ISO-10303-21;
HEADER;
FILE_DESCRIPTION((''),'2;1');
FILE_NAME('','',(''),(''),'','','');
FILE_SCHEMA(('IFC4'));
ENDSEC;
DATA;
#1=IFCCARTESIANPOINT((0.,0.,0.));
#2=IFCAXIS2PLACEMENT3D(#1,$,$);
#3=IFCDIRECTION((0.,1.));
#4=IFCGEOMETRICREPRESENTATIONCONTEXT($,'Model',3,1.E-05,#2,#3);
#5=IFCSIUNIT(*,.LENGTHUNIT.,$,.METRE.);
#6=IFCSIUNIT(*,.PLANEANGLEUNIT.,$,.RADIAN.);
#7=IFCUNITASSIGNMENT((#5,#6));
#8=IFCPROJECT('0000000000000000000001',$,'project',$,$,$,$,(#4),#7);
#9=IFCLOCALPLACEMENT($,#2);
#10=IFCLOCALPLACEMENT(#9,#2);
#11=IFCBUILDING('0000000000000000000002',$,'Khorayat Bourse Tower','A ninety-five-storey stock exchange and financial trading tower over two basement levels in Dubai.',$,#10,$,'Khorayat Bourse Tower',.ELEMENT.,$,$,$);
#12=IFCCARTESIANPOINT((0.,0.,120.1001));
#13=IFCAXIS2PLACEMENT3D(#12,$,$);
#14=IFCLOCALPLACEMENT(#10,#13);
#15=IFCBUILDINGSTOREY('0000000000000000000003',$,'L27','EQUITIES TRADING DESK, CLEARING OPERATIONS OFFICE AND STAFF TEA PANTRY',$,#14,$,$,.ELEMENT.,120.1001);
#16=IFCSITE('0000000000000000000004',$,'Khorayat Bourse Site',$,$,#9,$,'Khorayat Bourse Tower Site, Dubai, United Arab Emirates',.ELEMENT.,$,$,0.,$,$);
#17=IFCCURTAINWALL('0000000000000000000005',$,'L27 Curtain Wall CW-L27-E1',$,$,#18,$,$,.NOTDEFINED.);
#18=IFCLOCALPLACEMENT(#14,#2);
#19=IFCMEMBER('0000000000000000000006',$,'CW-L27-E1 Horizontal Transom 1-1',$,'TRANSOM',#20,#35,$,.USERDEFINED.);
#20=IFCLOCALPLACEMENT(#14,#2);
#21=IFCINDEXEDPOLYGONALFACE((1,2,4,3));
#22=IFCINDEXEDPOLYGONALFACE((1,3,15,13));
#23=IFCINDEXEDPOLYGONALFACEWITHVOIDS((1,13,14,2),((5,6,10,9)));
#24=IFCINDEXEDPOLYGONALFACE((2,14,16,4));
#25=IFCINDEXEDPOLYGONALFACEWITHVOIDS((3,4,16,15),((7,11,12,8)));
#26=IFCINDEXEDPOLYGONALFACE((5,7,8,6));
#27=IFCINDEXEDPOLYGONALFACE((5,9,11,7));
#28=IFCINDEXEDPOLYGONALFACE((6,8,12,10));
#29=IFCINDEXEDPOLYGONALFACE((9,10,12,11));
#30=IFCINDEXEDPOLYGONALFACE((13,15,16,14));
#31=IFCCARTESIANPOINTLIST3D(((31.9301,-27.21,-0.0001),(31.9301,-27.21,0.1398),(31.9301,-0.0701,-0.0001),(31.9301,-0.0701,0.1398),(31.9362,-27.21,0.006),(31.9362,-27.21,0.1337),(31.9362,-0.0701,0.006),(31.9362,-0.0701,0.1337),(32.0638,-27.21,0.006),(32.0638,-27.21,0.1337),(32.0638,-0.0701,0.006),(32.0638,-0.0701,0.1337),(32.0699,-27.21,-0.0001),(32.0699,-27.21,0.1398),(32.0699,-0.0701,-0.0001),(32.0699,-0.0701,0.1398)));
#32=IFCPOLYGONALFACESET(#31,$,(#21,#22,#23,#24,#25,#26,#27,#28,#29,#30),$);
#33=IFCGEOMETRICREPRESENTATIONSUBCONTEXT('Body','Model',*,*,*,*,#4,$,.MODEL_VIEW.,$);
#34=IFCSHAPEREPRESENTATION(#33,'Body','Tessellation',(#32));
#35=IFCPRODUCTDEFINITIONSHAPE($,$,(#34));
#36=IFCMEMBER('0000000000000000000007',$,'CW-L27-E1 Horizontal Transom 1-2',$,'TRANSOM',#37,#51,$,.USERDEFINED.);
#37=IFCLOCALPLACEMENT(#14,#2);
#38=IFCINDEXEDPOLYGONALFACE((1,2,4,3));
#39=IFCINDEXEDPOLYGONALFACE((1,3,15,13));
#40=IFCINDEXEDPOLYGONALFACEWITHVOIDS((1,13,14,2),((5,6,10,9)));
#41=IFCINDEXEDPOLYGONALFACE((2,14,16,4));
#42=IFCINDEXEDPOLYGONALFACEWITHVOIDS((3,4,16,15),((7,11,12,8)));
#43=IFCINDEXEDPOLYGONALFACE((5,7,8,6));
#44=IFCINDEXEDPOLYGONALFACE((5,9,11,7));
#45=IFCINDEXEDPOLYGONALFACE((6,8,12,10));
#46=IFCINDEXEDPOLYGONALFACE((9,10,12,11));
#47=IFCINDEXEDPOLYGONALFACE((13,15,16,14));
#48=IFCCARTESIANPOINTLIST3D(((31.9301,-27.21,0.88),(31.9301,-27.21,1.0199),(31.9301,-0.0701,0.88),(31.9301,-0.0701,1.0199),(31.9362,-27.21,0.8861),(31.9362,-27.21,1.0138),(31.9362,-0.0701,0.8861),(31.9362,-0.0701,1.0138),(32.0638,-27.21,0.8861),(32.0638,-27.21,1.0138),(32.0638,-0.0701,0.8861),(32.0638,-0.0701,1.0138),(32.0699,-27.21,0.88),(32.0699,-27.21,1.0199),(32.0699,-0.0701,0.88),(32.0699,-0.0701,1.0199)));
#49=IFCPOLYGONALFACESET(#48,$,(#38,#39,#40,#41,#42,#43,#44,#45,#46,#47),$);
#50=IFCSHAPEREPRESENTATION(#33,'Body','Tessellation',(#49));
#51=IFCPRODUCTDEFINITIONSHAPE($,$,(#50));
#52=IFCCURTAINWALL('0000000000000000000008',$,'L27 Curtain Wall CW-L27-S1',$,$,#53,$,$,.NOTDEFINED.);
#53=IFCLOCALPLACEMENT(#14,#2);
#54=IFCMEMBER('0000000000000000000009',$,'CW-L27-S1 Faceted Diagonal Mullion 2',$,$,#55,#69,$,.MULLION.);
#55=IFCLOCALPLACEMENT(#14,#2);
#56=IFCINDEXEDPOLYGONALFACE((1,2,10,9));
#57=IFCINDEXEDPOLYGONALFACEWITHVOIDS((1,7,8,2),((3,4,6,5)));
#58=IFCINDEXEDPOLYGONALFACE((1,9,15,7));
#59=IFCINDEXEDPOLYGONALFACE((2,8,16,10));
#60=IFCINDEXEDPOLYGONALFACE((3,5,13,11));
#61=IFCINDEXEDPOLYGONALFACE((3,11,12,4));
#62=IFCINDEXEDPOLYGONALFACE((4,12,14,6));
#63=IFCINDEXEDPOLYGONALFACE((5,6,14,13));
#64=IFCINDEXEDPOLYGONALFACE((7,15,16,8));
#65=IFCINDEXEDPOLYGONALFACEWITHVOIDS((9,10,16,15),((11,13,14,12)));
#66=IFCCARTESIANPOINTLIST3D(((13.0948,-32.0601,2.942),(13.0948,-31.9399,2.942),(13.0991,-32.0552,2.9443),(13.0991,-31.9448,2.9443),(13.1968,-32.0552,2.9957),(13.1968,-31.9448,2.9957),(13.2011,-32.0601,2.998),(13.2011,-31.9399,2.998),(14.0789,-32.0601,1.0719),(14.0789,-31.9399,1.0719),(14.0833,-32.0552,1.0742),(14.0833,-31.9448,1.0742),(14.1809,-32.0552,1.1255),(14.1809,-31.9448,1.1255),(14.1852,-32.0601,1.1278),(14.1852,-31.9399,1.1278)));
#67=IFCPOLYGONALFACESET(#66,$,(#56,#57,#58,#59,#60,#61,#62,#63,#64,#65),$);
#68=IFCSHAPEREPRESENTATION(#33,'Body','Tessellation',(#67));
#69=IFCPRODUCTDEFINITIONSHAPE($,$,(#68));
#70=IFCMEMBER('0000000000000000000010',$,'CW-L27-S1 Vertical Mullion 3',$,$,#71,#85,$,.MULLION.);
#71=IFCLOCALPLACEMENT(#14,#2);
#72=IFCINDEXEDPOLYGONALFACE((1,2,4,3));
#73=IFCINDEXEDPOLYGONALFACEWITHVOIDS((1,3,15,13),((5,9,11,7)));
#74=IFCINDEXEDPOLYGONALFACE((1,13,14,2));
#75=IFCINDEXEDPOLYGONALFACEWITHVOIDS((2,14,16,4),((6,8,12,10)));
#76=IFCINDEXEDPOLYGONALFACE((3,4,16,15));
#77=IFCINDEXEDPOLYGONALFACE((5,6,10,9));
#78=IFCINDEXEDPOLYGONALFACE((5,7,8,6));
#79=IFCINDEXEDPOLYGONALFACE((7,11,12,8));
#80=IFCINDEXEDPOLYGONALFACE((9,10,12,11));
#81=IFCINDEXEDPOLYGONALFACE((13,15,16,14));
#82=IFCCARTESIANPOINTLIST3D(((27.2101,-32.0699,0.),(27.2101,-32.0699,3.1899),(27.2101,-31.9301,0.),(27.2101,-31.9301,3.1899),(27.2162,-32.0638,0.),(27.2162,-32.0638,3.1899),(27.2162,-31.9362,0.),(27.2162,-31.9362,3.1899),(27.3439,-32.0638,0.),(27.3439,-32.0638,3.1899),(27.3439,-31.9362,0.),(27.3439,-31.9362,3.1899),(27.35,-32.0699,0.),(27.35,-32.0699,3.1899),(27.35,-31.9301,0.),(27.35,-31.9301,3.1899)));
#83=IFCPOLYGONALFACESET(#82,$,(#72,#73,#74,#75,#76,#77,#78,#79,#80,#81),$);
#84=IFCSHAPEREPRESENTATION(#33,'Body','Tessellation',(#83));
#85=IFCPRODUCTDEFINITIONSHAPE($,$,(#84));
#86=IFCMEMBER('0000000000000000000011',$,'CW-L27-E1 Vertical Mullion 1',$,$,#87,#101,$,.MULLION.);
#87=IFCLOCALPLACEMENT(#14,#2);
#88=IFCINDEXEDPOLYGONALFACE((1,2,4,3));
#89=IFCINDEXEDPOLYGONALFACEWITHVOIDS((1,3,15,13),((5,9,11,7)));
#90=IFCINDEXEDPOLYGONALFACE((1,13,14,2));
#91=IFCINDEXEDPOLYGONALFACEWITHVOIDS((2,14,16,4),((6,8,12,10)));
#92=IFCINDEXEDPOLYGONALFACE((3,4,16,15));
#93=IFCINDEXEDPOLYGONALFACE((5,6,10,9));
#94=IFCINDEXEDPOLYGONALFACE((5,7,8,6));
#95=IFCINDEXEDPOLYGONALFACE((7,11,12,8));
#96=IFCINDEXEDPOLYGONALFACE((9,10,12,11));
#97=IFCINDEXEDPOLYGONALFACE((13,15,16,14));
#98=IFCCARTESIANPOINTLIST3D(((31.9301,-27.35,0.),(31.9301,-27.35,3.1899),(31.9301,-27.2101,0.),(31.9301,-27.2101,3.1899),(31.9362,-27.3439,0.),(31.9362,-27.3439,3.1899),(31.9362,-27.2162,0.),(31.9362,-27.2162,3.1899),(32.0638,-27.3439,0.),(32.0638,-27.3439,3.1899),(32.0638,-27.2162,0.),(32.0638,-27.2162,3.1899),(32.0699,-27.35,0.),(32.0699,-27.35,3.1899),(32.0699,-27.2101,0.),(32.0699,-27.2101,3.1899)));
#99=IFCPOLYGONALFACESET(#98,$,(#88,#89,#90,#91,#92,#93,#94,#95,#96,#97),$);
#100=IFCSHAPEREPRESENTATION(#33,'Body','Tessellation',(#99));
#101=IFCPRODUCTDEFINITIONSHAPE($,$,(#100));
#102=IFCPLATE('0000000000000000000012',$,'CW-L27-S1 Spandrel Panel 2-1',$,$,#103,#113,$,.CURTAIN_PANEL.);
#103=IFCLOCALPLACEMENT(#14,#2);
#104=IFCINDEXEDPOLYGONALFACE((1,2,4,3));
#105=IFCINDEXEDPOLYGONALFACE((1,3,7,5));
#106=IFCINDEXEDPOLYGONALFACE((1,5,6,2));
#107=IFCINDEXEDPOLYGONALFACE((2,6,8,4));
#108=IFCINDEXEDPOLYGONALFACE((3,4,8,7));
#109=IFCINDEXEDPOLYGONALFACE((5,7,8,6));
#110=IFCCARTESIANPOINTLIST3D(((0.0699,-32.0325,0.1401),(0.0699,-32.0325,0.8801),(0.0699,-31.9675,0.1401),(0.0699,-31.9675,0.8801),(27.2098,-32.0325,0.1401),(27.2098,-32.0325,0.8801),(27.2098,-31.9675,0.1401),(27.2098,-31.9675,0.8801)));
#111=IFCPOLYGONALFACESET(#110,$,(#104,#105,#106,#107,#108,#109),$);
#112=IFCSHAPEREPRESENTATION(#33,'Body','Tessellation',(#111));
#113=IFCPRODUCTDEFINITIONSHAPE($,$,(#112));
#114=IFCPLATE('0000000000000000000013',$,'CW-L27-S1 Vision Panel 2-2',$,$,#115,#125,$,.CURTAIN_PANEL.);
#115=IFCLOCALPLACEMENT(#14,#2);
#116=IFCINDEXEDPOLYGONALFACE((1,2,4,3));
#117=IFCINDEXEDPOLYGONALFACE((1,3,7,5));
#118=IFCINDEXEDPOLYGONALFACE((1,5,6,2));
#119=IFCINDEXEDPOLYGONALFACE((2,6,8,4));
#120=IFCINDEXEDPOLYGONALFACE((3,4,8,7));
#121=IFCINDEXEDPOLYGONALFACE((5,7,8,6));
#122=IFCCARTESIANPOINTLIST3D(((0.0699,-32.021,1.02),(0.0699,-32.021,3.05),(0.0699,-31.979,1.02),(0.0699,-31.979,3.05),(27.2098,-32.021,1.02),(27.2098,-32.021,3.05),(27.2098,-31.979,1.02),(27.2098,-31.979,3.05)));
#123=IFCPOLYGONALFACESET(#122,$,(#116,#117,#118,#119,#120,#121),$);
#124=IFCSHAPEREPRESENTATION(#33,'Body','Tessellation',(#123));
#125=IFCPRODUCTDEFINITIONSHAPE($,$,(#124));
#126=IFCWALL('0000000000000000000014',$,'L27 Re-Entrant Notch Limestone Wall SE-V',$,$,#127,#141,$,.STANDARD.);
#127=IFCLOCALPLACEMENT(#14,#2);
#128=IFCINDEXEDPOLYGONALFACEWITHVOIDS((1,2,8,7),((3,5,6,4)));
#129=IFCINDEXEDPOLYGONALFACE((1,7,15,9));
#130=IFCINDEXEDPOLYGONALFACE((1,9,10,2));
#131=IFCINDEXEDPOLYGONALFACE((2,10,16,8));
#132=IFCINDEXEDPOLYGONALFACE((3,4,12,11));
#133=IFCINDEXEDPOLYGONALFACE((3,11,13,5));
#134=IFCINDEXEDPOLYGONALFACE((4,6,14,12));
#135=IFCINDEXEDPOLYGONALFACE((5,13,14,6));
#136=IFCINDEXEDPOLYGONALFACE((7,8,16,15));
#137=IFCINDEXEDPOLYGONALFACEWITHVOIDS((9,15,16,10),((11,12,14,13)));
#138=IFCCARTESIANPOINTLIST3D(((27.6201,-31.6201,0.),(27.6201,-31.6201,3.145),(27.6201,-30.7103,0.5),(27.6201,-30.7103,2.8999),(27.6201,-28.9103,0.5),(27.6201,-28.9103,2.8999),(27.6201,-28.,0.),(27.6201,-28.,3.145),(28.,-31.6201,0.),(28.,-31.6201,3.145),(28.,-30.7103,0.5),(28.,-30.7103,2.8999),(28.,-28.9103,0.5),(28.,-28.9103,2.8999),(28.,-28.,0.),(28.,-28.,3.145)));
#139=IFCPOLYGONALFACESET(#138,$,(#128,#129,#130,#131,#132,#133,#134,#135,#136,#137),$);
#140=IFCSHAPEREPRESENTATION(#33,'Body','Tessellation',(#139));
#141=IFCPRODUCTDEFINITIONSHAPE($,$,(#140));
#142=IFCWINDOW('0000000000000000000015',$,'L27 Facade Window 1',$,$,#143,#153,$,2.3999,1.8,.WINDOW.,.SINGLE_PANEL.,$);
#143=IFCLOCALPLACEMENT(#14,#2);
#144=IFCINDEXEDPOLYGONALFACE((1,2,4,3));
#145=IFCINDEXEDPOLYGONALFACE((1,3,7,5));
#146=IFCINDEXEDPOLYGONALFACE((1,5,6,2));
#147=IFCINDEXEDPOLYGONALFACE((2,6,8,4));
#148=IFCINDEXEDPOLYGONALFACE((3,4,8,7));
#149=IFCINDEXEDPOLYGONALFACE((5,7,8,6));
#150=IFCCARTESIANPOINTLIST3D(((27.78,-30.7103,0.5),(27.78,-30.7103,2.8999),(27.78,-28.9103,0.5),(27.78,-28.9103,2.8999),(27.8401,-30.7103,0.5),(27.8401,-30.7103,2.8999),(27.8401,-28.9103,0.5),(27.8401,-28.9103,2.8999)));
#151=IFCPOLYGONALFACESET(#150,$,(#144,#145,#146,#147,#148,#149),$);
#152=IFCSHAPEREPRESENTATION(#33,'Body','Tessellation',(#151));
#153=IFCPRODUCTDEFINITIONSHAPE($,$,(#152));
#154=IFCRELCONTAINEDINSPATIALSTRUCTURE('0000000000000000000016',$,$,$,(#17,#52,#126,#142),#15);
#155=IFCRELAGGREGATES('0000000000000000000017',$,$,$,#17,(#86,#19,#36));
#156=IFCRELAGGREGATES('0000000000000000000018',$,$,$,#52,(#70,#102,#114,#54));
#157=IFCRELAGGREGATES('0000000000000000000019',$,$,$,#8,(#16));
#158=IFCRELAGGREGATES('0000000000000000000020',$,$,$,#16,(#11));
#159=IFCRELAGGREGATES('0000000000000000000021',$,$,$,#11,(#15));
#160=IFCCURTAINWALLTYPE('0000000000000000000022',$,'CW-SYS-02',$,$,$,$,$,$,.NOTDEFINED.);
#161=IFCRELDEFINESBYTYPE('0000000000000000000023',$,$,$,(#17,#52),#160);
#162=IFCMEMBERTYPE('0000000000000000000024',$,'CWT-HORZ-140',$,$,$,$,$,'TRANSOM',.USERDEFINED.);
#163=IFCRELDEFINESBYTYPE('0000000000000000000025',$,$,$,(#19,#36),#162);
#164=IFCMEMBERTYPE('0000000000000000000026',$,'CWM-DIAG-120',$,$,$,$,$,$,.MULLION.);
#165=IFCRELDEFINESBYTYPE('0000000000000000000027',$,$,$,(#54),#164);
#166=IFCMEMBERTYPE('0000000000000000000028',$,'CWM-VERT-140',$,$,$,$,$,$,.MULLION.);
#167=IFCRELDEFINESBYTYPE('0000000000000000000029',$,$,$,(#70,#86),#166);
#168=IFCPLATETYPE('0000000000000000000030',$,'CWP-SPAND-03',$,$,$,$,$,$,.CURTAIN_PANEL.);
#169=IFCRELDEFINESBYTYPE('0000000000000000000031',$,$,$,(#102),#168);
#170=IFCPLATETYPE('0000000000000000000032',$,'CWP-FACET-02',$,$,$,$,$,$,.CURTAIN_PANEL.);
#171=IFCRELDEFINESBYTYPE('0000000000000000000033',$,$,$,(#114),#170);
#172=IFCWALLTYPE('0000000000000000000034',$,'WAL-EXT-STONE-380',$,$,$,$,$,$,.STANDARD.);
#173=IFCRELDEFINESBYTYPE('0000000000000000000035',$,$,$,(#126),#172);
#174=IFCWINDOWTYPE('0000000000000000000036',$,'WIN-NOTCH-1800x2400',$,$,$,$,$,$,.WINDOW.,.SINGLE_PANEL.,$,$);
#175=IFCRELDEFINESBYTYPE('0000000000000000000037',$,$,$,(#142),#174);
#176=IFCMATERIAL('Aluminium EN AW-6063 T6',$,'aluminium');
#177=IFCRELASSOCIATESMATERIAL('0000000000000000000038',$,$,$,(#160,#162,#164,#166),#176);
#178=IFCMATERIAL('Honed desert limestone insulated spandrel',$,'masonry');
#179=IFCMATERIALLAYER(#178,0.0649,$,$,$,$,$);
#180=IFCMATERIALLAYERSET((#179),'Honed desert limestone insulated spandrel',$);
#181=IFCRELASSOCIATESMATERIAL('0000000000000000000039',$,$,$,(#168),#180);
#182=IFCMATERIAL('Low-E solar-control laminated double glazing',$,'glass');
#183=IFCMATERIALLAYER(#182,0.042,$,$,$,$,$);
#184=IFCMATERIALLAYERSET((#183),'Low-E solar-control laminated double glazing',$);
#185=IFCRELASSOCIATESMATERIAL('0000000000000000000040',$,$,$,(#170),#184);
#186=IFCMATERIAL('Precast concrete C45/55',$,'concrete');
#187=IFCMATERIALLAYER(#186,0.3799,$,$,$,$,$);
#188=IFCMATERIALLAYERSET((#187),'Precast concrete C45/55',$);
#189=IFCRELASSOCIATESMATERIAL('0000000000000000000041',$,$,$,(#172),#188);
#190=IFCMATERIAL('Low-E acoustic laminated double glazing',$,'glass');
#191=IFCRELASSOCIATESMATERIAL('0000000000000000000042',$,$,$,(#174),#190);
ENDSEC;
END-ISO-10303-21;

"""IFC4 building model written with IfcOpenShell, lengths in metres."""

from ifc_helpers import new_model, si_unit, direction, frame, frame_2d, origin, origin_2d, place, context, subcontext, project, spatial, rectangle, hollow_rectangle, extrude, source, transform, mapped, material, layer, layer_set, material_profile, profile_set, type_object, element, fill, aggregate, save


model = new_model("IFC4")

# Units and contexts
model_context = context("Model", 3, precision=1e-05, world=origin(), true_north=direction((0.0, 1.0)))
body_context = subcontext(model_context, "Body", "Model", "MODEL_VIEW")
ifc_project = project(units=[si_unit("LENGTHUNIT", "METRE"), si_unit("PLANEANGLEUNIT", "RADIAN")], contexts=[model_context])

# Site, building, storey
site_placement = place(None, origin())
site = spatial("IfcSite", under=ifc_project, at=site_placement, Name="Khorayat Bourse Site", LongName="Khorayat Bourse Tower Site, Dubai, United Arab Emirates", CompositionType="ELEMENT", RefElevation=0.0)
building_placement = place(site_placement, origin())
building = spatial("IfcBuilding", under=site, at=building_placement, Name="Khorayat Bourse Tower", Description="A ninety-five-storey stock exchange and financial trading tower over two basement levels in Dubai.", LongName="Khorayat Bourse Tower", CompositionType="ELEMENT")
storey_placement = place(building_placement, frame((0.0, 0.0, 120.1001)))
storey = spatial("IfcBuildingStorey", under=building, at=storey_placement, Name="L27", Description="EQUITIES TRADING DESK, CLEARING OPERATIONS OFFICE AND STAFF TEA PANTRY", CompositionType="ELEMENT", Elevation=120.1001)

# Curtain walls, members
ifc_material_1 = material(Name="Aluminium EN AW-6063 T6", Category="aluminium")
curtain_wall_type = type_object("IfcCurtainWallType", Name="CW-SYS-02", PredefinedType="NOTDEFINED", material=ifc_material_1)
curtain_wall_1_placement = place(storey_placement, origin())
curtain_wall_1 = element("IfcCurtainWall", 1, at=curtain_wall_1_placement, inside=storey, type_object=curtain_wall_type, Name="L27 Curtain Wall CW-L27-E1", PredefinedType="NOTDEFINED")
ifc_material_profile_1 = material_profile(ifc_material_1, hollow_rectangle(XDim=0.1399, YDim=0.1399, WallThickness=0.0061, at=origin_2d()), Name="ALU 140x140x6")
ifc_profile_set_1 = profile_set([ifc_material_profile_1], Name="Aluminium EN AW-6063 T6")
member_type_1 = type_object("IfcMemberType", Name="CWT-HORZ-140", ElementType="TRANSOM", PredefinedType="USERDEFINED", material=ifc_profile_set_1)
shared_shape_1 = source(origin(), body_context, "Body", "SweptSolid", [
    extrude(hollow_rectangle(XDim=0.1399, YDim=0.1399, WallThickness=0.0061, at=origin_2d()), origin(), (0.0, 0.0, 1.0), 27.1399),
])
member_1_placement = place(storey_placement, frame((32.0, -27.21, 0.0698), z_axis=(0.0, 1.0, 0.0), x_axis=(-1.0, 0.0, 0.0)))
member_1 = element("IfcMember", 2, at=member_1_placement, type_object=member_type_1, Name="CW-L27-E1 Horizontal Transom 1-1", ObjectType="TRANSOM", PredefinedType="USERDEFINED", context=body_context, shape_type="MappedRepresentation", body=[
    mapped(shared_shape_1, transform((0.0, 0.0, 0.0), scale=1.0)),
])
member_2_placement = place(storey_placement, frame((32.0, -27.21, 0.95), z_axis=(0.0, 1.0, 0.0), x_axis=(-1.0, 0.0, 0.0)))
member_2 = element("IfcMember", 3, at=member_2_placement, type_object=member_type_1, Name="CW-L27-E1 Horizontal Transom 1-2", ObjectType="TRANSOM", PredefinedType="USERDEFINED", context=body_context, shape_type="MappedRepresentation", body=[
    mapped(shared_shape_1, transform((0.0, 0.0, 0.0), scale=1.0)),
])
curtain_wall_2_placement = place(storey_placement, origin())
curtain_wall_2 = element("IfcCurtainWall", 4, at=curtain_wall_2_placement, inside=storey, type_object=curtain_wall_type, Name="L27 Curtain Wall CW-L27-S1", PredefinedType="NOTDEFINED")
ifc_material_profile_2 = material_profile(ifc_material_1, hollow_rectangle(XDim=0.1201, YDim=0.1201, WallThickness=0.0049, at=origin_2d()), Name="ALU 120x120x5")
ifc_profile_set_2 = profile_set([ifc_material_profile_2], Name="Aluminium EN AW-6063 T6")
member_type_2 = type_object("IfcMemberType", Name="CWM-DIAG-120", PredefinedType="MULLION", material=ifc_profile_set_2)
shared_shape_2 = source(origin(), body_context, "Body", "SweptSolid", [
    extrude(hollow_rectangle(XDim=0.1201, YDim=0.1201, WallThickness=0.0049, at=origin_2d()), origin(), (0.0, 0.0, 1.0), 2.1133),
])
member_3_placement = place(storey_placement, frame((14.1321, -32.0, 1.0999), z_axis=(-0.465694, 0.0, 0.884946), x_axis=(0.0, -1.0, 0.0)))
member_3 = element("IfcMember", 5, at=member_3_placement, type_object=member_type_2, Name="CW-L27-S1 Faceted Diagonal Mullion 2", PredefinedType="MULLION", context=body_context, shape_type="MappedRepresentation", body=[
    mapped(shared_shape_2, transform((0.0, 0.0, 0.0), scale=1.0)),
])
ifc_material_profile_3 = material_profile(ifc_material_1, hollow_rectangle(XDim=0.1399, YDim=0.1399, WallThickness=0.0061, at=origin_2d()), Name="ALU 140x140x6")
ifc_profile_set_3 = profile_set([ifc_material_profile_3], Name="Aluminium EN AW-6063 T6")
member_type_3 = type_object("IfcMemberType", Name="CWM-VERT-140", PredefinedType="MULLION", material=ifc_profile_set_3)
shared_shape_3 = source(origin(), body_context, "Body", "SweptSolid", [
    extrude(hollow_rectangle(XDim=0.1399, YDim=0.1399, WallThickness=0.0061, at=origin_2d()), origin(), (0.0, 0.0, 1.0), 3.1899),
])
member_4_placement = place(storey_placement, frame((27.28, -32.0, 0.0), z_axis=(0.0, 0.0, 1.0), x_axis=(0.0, 1.0, 0.0)))
member_4 = element("IfcMember", 6, at=member_4_placement, type_object=member_type_3, Name="CW-L27-S1 Vertical Mullion 3", PredefinedType="MULLION", context=body_context, shape_type="MappedRepresentation", body=[
    mapped(shared_shape_3, transform((0.0, 0.0, 0.0), scale=1.0)),
])

# Member
member_5_placement = place(storey_placement, frame((32.0, -27.28, 0.0), z_axis=(0.0, 0.0, 1.0), x_axis=(-1.0, 0.0, 0.0)))
member_5 = element("IfcMember", 7, at=member_5_placement, type_object=member_type_3, Name="CW-L27-E1 Vertical Mullion 1", PredefinedType="MULLION", context=body_context, shape_type="MappedRepresentation", body=[
    mapped(shared_shape_3, transform((0.0, 0.0, 0.0), scale=1.0)),
])
aggregate(curtain_wall_1, [member_5, member_1, member_2])

# Plates
ifc_material_2 = material(Name="Honed desert limestone insulated spandrel", Category="masonry")
ifc_layer_1 = layer(ifc_material_2, 0.0649)
ifc_layer_set_1 = layer_set([ifc_layer_1], Name="Honed desert limestone insulated spandrel")
plate_type_1 = type_object("IfcPlateType", Name="CWP-SPAND-03", PredefinedType="CURTAIN_PANEL", material=ifc_layer_set_1)
shared_shape_4 = source(origin(), body_context, "Body", "SweptSolid", [
    extrude(rectangle(XDim=27.1399, YDim=0.0649, at=origin_2d()), origin(), (0.0, 0.0, 1.0), 0.74),
])
plate_1_placement = place(storey_placement, frame((13.6399, -32.0, 0.1401), z_axis=(0.0, 0.0, 1.0), x_axis=(1.0, 0.0, 0.0)))
plate_1 = element("IfcPlate", 8, at=plate_1_placement, type_object=plate_type_1, Name="CW-L27-S1 Spandrel Panel 2-1", PredefinedType="CURTAIN_PANEL", context=body_context, shape_type="MappedRepresentation", body=[
    mapped(shared_shape_4, transform((0.0, 0.0, 0.0), scale=1.0)),
])
ifc_material_3 = material(Name="Low-E solar-control laminated double glazing", Category="glass")
ifc_layer_2 = layer(ifc_material_3, 0.042)
ifc_layer_set_2 = layer_set([ifc_layer_2], Name="Low-E solar-control laminated double glazing")
plate_type_2 = type_object("IfcPlateType", Name="CWP-FACET-02", PredefinedType="CURTAIN_PANEL", material=ifc_layer_set_2)
shared_shape_5 = source(origin(), body_context, "Body", "SweptSolid", [
    extrude(rectangle(XDim=27.1399, YDim=0.042, at=origin_2d()), origin(), (0.0, 0.0, 1.0), 2.03),
])
plate_2_placement = place(storey_placement, frame((13.6399, -32.0, 1.02), z_axis=(0.0, 0.0, 1.0), x_axis=(1.0, 0.0, 0.0)))
plate_2 = element("IfcPlate", 9, at=plate_2_placement, type_object=plate_type_2, Name="CW-L27-S1 Vision Panel 2-2", PredefinedType="CURTAIN_PANEL", context=body_context, shape_type="MappedRepresentation", body=[
    mapped(shared_shape_5, transform((0.0, 0.0, 0.0), scale=1.0)),
])
aggregate(curtain_wall_2, [member_4, plate_1, plate_2, member_3])

# Wall, opening, window
ifc_material_4 = material(Name="Precast concrete C45/55", Category="concrete")
ifc_layer_3 = layer(ifc_material_4, 0.3799)
ifc_layer_set_3 = layer_set([ifc_layer_3], Name="Precast concrete C45/55")
wall_type_1 = type_object("IfcWallType", Name="WAL-EXT-STONE-380", PredefinedType="STANDARD", material=ifc_layer_set_3)
shared_shape_6 = source(origin(), body_context, "Body", "SweptSolid", [
    extrude(rectangle(XDim=3.6201, YDim=0.3799, at=frame_2d((1.8101, 0.0))), origin(), (0.0, 0.0, 1.0), 3.145),
])
wall_1_placement = place(storey_placement, frame((27.8101, -31.6201, 0.0), z_axis=(0.0, 0.0, 1.0), x_axis=(0.0, 1.0, 0.0)))
wall_1 = element("IfcWall", 10, at=wall_1_placement, inside=storey, type_object=wall_type_1, Name="L27 Re-Entrant Notch Limestone Wall SE-V", PredefinedType="STANDARD", context=body_context, shape_type="MappedRepresentation", body=[
    mapped(shared_shape_6, transform((0.0, 0.0, 0.0), scale=1.0)),
])
shared_shape_7 = source(origin(), body_context, "Body", "SweptSolid", [
    extrude(rectangle(XDim=1.8, YDim=2.3999, at=frame_2d((0.8999, 1.2))), frame((0.0, 0.2, 0.0), z_axis=(0.0, -1.0, 0.0), x_axis=(1.0, 0.0, 0.0)), (0.0, 0.0, 1.0), 0.3999),
])
opening_1_placement = place(wall_1_placement, frame((0.9099, 0.0, 0.5)))
opening_1 = element("IfcOpeningElement", 11, at=opening_1_placement, cuts=wall_1, PredefinedType="OPENING", context=body_context, shape_type="MappedRepresentation", body=[
    mapped(shared_shape_7, transform((0.0, 0.0, 0.0), scale=1.0)),
])
ifc_material_5 = material(Name="Low-E acoustic laminated double glazing", Category="glass")
window_type = type_object("IfcWindowType", Name="WIN-NOTCH-1800x2400", PartitioningType="SINGLE_PANEL", PredefinedType="WINDOW", material=ifc_material_5)
shared_shape_8 = source(origin(), body_context, "Body", "SweptSolid", [
    extrude(rectangle(XDim=1.8, YDim=2.3999, at=frame_2d((0.8999, 1.2))), frame((0.0, 0.03, 0.0), z_axis=(0.0, -1.0, 0.0), x_axis=(1.0, 0.0, 0.0)), (0.0, 0.0, 1.0), 0.0601),
])
window_1_placement = place(opening_1_placement, origin())
window_1 = element("IfcWindow", 12, at=window_1_placement, inside=storey, type_object=window_type, Name="L27 Facade Window 1", OverallHeight=2.3999, OverallWidth=1.8, PartitioningType="SINGLE_PANEL", PredefinedType="WINDOW", context=body_context, shape_type="MappedRepresentation", body=[
    mapped(shared_shape_8, transform((0.0, 0.0, 0.0), scale=1.0)),
])
fill(opening_1, window_1)

save(model, "model.ifc")
